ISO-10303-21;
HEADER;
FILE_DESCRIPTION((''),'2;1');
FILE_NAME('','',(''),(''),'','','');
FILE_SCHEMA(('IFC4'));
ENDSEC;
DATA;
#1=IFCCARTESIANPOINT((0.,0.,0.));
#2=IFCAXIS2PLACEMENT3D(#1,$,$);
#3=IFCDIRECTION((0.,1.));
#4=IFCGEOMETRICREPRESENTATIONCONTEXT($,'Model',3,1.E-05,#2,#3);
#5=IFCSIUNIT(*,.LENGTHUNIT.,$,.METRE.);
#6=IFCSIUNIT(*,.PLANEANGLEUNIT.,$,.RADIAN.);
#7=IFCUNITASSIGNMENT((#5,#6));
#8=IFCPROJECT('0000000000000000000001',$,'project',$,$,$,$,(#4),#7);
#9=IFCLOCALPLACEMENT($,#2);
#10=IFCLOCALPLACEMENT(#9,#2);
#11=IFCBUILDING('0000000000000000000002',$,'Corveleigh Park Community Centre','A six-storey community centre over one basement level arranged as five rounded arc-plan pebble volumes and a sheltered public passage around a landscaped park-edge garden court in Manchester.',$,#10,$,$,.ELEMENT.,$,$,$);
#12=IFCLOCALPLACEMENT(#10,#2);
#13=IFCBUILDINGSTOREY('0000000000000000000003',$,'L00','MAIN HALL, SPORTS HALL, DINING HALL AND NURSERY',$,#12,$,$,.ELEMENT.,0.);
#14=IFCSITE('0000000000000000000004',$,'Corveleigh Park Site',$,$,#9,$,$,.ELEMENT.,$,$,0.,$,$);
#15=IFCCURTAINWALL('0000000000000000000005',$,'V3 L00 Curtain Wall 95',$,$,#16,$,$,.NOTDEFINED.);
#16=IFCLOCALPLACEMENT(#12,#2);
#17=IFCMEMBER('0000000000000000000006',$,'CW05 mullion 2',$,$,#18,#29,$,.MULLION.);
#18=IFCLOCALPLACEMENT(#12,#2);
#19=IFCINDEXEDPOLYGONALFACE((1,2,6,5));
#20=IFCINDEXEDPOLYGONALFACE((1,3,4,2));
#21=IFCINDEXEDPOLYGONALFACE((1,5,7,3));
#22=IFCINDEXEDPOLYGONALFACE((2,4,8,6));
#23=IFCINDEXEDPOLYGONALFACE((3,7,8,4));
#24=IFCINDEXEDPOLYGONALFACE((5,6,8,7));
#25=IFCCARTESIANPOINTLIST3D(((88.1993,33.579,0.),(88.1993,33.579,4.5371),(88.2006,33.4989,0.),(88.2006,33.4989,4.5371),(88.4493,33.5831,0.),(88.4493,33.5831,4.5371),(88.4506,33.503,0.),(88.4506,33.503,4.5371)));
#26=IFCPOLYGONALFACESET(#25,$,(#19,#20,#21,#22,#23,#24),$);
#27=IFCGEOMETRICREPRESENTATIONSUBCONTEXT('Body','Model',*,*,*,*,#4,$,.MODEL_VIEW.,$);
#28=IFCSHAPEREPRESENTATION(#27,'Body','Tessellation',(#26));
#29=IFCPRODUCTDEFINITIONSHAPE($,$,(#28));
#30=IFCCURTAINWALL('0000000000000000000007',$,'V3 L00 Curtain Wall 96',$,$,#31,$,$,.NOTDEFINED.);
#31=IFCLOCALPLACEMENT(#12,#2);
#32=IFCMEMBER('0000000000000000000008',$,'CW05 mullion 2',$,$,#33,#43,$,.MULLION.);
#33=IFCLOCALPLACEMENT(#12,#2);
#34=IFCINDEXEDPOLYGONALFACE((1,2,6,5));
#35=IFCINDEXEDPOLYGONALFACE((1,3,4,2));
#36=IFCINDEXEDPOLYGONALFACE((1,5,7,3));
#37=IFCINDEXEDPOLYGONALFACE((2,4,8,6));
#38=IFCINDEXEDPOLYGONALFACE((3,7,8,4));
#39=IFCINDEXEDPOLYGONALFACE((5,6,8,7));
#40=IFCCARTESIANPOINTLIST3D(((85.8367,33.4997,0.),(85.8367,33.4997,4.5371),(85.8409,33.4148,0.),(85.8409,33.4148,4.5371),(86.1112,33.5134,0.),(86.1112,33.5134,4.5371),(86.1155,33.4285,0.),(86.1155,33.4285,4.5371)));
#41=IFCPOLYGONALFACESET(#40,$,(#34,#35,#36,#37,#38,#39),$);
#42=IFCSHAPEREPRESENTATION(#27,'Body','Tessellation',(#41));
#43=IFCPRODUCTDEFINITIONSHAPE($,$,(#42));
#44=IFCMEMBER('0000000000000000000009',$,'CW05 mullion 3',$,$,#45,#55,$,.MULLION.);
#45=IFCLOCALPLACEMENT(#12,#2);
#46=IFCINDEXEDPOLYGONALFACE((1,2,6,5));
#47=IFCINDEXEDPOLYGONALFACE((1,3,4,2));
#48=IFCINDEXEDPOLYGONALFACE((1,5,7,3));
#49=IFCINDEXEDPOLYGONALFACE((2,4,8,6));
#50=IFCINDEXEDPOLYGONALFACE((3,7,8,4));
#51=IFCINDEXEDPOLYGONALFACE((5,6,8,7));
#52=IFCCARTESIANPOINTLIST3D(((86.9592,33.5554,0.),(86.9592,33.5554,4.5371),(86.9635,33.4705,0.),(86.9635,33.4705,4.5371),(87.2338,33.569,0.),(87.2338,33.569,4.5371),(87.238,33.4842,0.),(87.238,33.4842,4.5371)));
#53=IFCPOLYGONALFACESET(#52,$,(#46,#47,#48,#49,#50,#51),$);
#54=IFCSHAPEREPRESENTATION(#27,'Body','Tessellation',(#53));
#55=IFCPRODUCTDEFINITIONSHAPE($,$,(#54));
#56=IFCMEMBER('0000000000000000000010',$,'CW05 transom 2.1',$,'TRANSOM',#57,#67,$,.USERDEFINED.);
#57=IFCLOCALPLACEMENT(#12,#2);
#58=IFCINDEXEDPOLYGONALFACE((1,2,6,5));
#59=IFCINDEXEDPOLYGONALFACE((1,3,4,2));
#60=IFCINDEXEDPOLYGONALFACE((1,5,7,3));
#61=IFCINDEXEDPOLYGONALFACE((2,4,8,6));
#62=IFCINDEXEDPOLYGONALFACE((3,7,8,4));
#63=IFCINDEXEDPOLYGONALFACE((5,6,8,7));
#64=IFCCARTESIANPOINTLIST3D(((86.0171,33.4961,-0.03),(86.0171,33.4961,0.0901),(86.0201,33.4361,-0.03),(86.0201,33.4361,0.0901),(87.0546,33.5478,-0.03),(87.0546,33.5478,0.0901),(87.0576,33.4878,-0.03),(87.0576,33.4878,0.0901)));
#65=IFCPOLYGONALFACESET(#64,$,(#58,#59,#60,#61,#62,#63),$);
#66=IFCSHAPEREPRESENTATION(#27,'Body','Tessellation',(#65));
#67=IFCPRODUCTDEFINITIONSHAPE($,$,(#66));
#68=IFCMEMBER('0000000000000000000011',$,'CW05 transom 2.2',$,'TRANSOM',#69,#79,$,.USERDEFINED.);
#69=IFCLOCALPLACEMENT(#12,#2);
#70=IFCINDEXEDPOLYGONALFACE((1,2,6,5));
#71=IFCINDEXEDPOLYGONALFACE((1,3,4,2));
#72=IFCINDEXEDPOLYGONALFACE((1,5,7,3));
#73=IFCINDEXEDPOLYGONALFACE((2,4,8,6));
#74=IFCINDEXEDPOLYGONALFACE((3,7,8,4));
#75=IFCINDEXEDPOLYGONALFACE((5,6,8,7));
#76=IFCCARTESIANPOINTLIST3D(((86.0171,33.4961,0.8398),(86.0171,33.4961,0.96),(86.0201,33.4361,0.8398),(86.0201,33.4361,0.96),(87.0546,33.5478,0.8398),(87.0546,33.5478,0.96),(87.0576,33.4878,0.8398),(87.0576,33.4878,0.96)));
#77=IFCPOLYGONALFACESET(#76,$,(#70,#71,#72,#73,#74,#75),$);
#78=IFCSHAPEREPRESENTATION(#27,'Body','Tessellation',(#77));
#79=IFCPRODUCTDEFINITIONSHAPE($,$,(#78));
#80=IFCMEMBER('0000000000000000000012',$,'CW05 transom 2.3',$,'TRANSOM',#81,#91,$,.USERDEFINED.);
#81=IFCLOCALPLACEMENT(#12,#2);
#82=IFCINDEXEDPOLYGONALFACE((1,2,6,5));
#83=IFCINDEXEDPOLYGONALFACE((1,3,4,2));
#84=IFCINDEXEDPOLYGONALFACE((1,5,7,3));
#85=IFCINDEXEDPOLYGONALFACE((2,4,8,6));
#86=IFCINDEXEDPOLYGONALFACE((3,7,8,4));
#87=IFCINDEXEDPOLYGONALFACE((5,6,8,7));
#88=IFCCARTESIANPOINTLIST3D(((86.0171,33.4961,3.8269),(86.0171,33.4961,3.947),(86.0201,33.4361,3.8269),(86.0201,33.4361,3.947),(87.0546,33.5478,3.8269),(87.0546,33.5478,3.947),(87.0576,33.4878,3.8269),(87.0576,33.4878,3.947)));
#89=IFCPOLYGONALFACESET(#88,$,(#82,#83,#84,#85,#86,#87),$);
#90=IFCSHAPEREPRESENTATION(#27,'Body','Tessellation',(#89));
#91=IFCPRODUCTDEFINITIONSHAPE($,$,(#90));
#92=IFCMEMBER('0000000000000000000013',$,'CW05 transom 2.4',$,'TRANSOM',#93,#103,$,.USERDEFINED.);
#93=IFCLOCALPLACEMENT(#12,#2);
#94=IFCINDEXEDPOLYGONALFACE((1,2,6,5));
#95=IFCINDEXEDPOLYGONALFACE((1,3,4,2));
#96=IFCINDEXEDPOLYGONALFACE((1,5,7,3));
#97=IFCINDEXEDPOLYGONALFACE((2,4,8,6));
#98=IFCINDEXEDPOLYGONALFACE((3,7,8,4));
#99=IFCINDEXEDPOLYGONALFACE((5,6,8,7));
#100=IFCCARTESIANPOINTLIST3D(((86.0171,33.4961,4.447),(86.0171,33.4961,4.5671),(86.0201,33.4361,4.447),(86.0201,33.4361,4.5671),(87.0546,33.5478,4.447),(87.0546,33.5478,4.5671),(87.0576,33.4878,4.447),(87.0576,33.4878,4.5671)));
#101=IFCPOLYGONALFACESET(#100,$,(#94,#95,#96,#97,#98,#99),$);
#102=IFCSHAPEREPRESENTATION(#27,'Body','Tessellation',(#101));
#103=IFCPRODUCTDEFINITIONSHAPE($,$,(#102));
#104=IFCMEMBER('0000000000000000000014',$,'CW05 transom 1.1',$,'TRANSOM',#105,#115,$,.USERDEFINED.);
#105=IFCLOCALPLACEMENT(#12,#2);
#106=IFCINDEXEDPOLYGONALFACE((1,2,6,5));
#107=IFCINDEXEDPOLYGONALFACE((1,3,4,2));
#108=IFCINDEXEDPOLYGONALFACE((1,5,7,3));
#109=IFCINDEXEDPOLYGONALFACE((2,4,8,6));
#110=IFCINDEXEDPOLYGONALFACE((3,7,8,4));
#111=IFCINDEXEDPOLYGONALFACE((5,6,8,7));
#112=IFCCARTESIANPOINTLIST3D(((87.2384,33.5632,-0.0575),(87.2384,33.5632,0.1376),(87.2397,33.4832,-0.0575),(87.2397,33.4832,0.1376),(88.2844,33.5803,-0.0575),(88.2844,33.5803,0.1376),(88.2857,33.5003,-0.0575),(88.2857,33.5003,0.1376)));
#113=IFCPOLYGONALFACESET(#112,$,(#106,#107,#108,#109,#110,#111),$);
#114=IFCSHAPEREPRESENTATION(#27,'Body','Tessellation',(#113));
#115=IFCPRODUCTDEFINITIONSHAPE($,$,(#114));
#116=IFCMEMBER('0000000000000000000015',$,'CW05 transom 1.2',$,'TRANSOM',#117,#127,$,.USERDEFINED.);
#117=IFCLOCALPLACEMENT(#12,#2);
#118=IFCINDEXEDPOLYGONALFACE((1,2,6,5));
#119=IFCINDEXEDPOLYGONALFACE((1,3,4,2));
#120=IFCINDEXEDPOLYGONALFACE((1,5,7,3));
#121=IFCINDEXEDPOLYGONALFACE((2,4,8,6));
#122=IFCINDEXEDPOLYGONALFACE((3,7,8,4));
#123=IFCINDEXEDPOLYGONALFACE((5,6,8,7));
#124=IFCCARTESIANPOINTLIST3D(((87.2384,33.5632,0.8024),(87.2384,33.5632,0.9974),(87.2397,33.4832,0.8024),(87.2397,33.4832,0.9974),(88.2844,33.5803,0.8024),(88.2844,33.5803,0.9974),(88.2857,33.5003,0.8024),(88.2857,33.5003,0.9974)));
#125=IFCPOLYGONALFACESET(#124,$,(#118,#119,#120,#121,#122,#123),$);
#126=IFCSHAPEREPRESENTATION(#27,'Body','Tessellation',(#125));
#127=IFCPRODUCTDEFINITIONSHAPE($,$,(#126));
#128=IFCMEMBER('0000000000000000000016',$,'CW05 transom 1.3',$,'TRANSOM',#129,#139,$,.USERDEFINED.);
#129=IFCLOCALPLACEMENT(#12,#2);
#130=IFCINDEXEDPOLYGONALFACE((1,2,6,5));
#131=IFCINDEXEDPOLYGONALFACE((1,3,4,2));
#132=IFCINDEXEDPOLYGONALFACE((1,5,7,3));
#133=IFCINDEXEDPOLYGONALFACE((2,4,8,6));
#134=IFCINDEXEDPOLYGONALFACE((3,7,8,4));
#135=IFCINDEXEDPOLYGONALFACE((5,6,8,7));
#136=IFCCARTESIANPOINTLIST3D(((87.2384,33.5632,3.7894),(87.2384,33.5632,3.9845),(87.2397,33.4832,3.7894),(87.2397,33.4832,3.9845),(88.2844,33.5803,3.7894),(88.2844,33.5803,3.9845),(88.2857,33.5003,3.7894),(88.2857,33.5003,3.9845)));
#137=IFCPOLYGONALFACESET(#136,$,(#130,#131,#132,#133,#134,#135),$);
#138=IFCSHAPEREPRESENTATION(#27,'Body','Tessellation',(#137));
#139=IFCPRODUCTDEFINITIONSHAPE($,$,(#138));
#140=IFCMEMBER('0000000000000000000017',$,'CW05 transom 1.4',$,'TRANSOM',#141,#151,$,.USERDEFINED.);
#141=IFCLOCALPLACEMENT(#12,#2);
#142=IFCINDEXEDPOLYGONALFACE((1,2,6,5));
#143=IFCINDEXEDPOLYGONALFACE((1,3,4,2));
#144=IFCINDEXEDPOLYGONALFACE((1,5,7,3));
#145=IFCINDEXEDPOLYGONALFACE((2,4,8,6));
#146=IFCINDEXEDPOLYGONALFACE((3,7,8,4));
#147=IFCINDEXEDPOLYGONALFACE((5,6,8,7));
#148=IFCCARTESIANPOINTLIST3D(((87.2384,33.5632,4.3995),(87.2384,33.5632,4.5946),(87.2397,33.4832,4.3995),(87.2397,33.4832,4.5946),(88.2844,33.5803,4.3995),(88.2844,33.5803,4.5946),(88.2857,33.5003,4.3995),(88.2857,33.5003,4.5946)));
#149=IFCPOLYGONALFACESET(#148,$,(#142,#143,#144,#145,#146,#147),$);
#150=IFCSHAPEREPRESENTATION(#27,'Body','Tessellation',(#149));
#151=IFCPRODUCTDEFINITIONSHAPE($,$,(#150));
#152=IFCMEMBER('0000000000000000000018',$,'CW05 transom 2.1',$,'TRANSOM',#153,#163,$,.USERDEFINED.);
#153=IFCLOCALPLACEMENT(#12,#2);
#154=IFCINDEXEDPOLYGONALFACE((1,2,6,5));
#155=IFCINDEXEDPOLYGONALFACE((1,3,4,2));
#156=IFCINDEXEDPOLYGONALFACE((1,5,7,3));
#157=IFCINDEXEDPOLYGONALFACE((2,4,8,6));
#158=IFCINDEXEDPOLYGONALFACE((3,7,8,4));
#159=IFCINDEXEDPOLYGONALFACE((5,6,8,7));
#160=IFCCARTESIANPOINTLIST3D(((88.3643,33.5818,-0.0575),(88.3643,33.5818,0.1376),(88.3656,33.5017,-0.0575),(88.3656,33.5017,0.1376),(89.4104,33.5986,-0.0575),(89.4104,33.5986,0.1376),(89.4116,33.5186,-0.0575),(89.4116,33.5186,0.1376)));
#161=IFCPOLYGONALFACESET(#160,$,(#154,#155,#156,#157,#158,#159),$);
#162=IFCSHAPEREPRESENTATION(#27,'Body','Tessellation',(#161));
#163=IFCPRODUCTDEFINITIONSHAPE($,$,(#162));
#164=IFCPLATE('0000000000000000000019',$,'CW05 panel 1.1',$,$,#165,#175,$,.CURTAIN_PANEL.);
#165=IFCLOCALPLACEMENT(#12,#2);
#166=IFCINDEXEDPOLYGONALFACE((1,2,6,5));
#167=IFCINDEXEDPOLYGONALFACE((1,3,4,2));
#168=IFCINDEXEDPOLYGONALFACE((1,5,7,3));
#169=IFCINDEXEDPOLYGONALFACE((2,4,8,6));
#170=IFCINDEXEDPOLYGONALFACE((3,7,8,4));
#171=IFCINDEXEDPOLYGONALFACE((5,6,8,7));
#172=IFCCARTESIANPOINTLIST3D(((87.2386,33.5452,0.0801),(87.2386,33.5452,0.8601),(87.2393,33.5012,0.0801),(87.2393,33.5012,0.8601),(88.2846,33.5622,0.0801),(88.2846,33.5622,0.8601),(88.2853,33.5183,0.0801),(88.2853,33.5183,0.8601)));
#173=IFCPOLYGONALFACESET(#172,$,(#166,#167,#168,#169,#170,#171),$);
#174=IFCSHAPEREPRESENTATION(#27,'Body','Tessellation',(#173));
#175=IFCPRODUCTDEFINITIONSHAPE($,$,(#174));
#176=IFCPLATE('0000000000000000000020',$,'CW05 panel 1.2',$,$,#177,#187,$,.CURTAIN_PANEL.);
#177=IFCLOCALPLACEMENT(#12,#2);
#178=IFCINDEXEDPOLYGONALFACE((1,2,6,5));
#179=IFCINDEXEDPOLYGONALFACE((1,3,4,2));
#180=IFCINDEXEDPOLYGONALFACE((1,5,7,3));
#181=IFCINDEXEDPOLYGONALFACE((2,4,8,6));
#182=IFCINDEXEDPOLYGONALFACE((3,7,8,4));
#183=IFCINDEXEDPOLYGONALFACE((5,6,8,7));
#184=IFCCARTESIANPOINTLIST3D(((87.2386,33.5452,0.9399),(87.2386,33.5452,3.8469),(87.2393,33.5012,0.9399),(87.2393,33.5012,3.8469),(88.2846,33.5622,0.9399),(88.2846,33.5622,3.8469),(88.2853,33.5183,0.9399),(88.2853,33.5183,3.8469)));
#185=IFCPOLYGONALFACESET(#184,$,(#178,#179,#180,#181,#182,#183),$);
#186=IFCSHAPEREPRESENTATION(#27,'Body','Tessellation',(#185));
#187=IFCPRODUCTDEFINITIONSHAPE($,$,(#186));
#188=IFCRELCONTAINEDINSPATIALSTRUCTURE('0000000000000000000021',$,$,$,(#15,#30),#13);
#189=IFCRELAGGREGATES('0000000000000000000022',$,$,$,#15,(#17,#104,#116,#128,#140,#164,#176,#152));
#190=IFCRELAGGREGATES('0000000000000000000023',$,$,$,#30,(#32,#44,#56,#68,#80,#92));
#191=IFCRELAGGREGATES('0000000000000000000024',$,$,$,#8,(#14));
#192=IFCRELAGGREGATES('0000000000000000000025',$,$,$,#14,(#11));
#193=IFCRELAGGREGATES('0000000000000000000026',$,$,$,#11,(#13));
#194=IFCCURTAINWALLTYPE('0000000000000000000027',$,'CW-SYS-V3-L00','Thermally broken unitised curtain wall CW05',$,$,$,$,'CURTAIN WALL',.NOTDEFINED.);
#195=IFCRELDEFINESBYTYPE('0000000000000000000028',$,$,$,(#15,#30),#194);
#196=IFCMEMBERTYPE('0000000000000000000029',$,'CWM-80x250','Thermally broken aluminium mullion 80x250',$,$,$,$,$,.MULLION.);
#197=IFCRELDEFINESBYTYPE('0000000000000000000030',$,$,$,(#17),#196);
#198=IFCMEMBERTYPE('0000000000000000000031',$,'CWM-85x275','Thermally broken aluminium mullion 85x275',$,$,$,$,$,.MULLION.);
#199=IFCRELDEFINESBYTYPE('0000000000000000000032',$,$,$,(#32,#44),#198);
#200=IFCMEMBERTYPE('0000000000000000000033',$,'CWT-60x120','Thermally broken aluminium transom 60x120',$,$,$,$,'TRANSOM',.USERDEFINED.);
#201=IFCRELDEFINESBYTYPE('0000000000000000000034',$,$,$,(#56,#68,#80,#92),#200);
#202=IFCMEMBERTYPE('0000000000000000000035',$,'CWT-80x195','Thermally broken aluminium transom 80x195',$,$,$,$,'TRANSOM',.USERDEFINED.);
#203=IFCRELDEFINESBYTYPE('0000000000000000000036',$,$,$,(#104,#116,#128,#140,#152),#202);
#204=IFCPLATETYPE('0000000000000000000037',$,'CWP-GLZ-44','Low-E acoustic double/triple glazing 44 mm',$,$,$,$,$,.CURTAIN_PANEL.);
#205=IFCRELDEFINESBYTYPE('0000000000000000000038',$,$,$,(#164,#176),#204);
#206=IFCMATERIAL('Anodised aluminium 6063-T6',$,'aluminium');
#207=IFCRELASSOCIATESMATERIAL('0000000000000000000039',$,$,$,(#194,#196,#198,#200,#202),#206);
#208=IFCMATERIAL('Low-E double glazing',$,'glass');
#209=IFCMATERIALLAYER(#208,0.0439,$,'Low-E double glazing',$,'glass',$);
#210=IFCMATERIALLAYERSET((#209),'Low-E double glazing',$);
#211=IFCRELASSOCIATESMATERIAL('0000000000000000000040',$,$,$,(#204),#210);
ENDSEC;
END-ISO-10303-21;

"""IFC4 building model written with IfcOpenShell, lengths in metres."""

from ifc_helpers import new_model, si_unit, direction, frame, origin, origin_2d, place, context, subcontext, project, spatial, rectangle, extrude, material, layer, layer_set, material_profile, profile_set, type_object, element, aggregate, save


model = new_model("IFC4")

# Units and contexts
model_context = context("Model", 3, precision=1e-05, world=origin(), true_north=direction((0.0, 1.0)))
body_context = subcontext(model_context, "Body", "Model", "MODEL_VIEW")
ifc_project = project(units=[si_unit("LENGTHUNIT", "METRE"), si_unit("PLANEANGLEUNIT", "RADIAN")], contexts=[model_context])

# Site, building, storey
site_placement = place(None, origin())
site = spatial("IfcSite", under=ifc_project, at=site_placement, Name="Corveleigh Park Site", CompositionType="ELEMENT", RefElevation=0.0)
building_placement = place(site_placement, origin())
building = spatial("IfcBuilding", under=site, at=building_placement, Name="Corveleigh Park Community Centre", Description="A six-storey community centre over one basement level arranged as five rounded arc-plan pebble volumes and a sheltered public passage around a landscaped park-edge garden court in Manchester.", CompositionType="ELEMENT")
storey_placement = place(building_placement, origin())
storey = spatial("IfcBuildingStorey", under=building, at=storey_placement, Name="L00", Description="MAIN HALL, SPORTS HALL, DINING HALL AND NURSERY", CompositionType="ELEMENT", Elevation=0.0)

# Curtain walls, members
ifc_material_1 = material(Name="Anodised aluminium 6063-T6", Category="aluminium")
curtain_wall_type = type_object("IfcCurtainWallType", Name="CW-SYS-V3-L00", Description="Thermally broken unitised curtain wall CW05", ElementType="CURTAIN WALL", PredefinedType="NOTDEFINED", material=ifc_material_1)
curtain_wall_1_placement = place(storey_placement, origin())
curtain_wall_1 = element("IfcCurtainWall", 1, at=curtain_wall_1_placement, inside=storey, type_object=curtain_wall_type, Name="V3 L00 Curtain Wall 95", PredefinedType="NOTDEFINED")
ifc_material_profile_1 = material_profile(ifc_material_1, rectangle(XDim=0.0801, YDim=0.25, at=origin_2d()), Name="ALU-M80x250", Category="aluminium")
ifc_profile_set_1 = profile_set([ifc_material_profile_1], Name="Anodised aluminium 6063-T6")
member_type_1 = type_object("IfcMemberType", Name="CWM-80x250", Description="Thermally broken aluminium mullion 80x250", PredefinedType="MULLION", material=ifc_profile_set_1)
member_1_placement = place(storey_placement, frame((88.325, 33.541, 0.0), z_axis=(0.0, 0.0, 1.0), x_axis=(-0.016293, 0.999867, 0.0)))
member_1 = element("IfcMember", 2, at=member_1_placement, type_object=member_type_1, Name="CW05 mullion 2", PredefinedType="MULLION", context=body_context, shape_type="SweptSolid", body=[
    extrude(rectangle(XDim=0.0801, YDim=0.25, at=origin_2d()), origin(), (0.0, 0.0, 1.0), 4.5371),
])
curtain_wall_2_placement = place(storey_placement, origin())
curtain_wall_2 = element("IfcCurtainWall", 3, at=curtain_wall_2_placement, inside=storey, type_object=curtain_wall_type, Name="V3 L00 Curtain Wall 96", PredefinedType="NOTDEFINED")
ifc_material_profile_2 = material_profile(ifc_material_1, rectangle(XDim=0.085, YDim=0.2749, at=origin_2d()), Name="ALU-M85x275", Category="aluminium")
ifc_profile_set_2 = profile_set([ifc_material_profile_2], Name="Anodised aluminium 6063-T6")
member_type_2 = type_object("IfcMemberType", Name="CWM-85x275", Description="Thermally broken aluminium mullion 85x275", PredefinedType="MULLION", material=ifc_profile_set_2)
member_2_placement = place(storey_placement, frame((85.9761, 33.4641, 0.0), z_axis=(0.0, 0.0, 1.0), x_axis=(-0.049724, 0.998763, 0.0)))
member_2 = element("IfcMember", 4, at=member_2_placement, type_object=member_type_2, Name="CW05 mullion 2", PredefinedType="MULLION", context=body_context, shape_type="SweptSolid", body=[
    extrude(rectangle(XDim=0.085, YDim=0.2749, at=origin_2d()), origin(), (0.0, 0.0, 1.0), 4.5371),
])
member_3_placement = place(storey_placement, frame((87.0986, 33.5198, 0.0), z_axis=(0.0, 0.0, 1.0), x_axis=(-0.049724, 0.998763, 0.0)))
member_3 = element("IfcMember", 5, at=member_3_placement, type_object=member_type_2, Name="CW05 mullion 3", PredefinedType="MULLION", context=body_context, shape_type="SweptSolid", body=[
    extrude(rectangle(XDim=0.085, YDim=0.2749, at=origin_2d()), origin(), (0.0, 0.0, 1.0), 4.5371),
])
ifc_material_profile_3 = material_profile(ifc_material_1, rectangle(XDim=0.0601, YDim=0.1201, at=origin_2d()), Name="ALU-T60x120", Category="aluminium")
ifc_profile_set_3 = profile_set([ifc_material_profile_3], Name="Anodised aluminium 6063-T6")
member_type_3 = type_object("IfcMemberType", Name="CWT-60x120", Description="Thermally broken aluminium transom 60x120", ElementType="TRANSOM", PredefinedType="USERDEFINED", material=ifc_profile_set_3)
member_4_placement = place(storey_placement, frame((86.0186, 33.4661, 0.03), z_axis=(0.998758, 0.04982, 0.0), x_axis=(-0.04982, 0.998758, 0.0)))
member_4 = element("IfcMember", 6, at=member_4_placement, type_object=member_type_3, Name="CW05 transom 2.1", ObjectType="TRANSOM", PredefinedType="USERDEFINED", context=body_context, shape_type="SweptSolid", body=[
    extrude(rectangle(XDim=0.0601, YDim=0.1201, at=origin_2d()), origin(), (0.0, 0.0, 1.0), 1.0388),
])
member_5_placement = place(storey_placement, frame((86.0186, 33.4661, 0.8999), z_axis=(0.998758, 0.04982, 0.0), x_axis=(-0.04982, 0.998758, 0.0)))
member_5 = element("IfcMember", 7, at=member_5_placement, type_object=member_type_3, Name="CW05 transom 2.2", ObjectType="TRANSOM", PredefinedType="USERDEFINED", context=body_context, shape_type="SweptSolid", body=[
    extrude(rectangle(XDim=0.0601, YDim=0.1201, at=origin_2d()), origin(), (0.0, 0.0, 1.0), 1.0388),
])
member_6_placement = place(storey_placement, frame((86.0186, 33.4661, 3.887), z_axis=(0.998758, 0.04982, 0.0), x_axis=(-0.04982, 0.998758, 0.0)))
member_6 = element("IfcMember", 8, at=member_6_placement, type_object=member_type_3, Name="CW05 transom 2.3", ObjectType="TRANSOM", PredefinedType="USERDEFINED", context=body_context, shape_type="SweptSolid", body=[
    extrude(rectangle(XDim=0.0601, YDim=0.1201, at=origin_2d()), origin(), (0.0, 0.0, 1.0), 1.0388),
])
member_7_placement = place(storey_placement, frame((86.0186, 33.4661, 4.5071), z_axis=(0.998758, 0.04982, 0.0), x_axis=(-0.04982, 0.998758, 0.0)))
member_7 = element("IfcMember", 9, at=member_7_placement, type_object=member_type_3, Name="CW05 transom 2.4", ObjectType="TRANSOM", PredefinedType="USERDEFINED", context=body_context, shape_type="SweptSolid", body=[
    extrude(rectangle(XDim=0.0601, YDim=0.1201, at=origin_2d()), origin(), (0.0, 0.0, 1.0), 1.0388),
])

# Members
ifc_material_profile_4 = material_profile(ifc_material_1, rectangle(XDim=0.0801, YDim=0.1951, at=origin_2d()), Name="ALU-T80x195", Category="aluminium")
ifc_profile_set_4 = profile_set([ifc_material_profile_4], Name="Anodised aluminium 6063-T6")
member_type_4 = type_object("IfcMemberType", Name="CWT-80x195", Description="Thermally broken aluminium transom 80x195", ElementType="TRANSOM", PredefinedType="USERDEFINED", material=ifc_profile_set_4)
member_8_placement = place(storey_placement, frame((87.239, 33.5232, 0.04), z_axis=(0.999867, 0.016338, 0.0), x_axis=(-0.016338, 0.999867, 0.0)))
member_8 = element("IfcMember", 10, at=member_8_placement, type_object=member_type_4, Name="CW05 transom 1.1", ObjectType="TRANSOM", PredefinedType="USERDEFINED", context=body_context, shape_type="SweptSolid", body=[
    extrude(rectangle(XDim=0.0801, YDim=0.1951, at=origin_2d()), origin(), (0.0, 0.0, 1.0), 1.0461),
])
member_9_placement = place(storey_placement, frame((87.239, 33.5232, 0.8999), z_axis=(0.999867, 0.016338, 0.0), x_axis=(-0.016338, 0.999867, 0.0)))
member_9 = element("IfcMember", 11, at=member_9_placement, type_object=member_type_4, Name="CW05 transom 1.2", ObjectType="TRANSOM", PredefinedType="USERDEFINED", context=body_context, shape_type="SweptSolid", body=[
    extrude(rectangle(XDim=0.0801, YDim=0.1951, at=origin_2d()), origin(), (0.0, 0.0, 1.0), 1.0461),
])
member_10_placement = place(storey_placement, frame((87.239, 33.5232, 3.887), z_axis=(0.999867, 0.016338, 0.0), x_axis=(-0.016338, 0.999867, 0.0)))
member_10 = element("IfcMember", 12, at=member_10_placement, type_object=member_type_4, Name="CW05 transom 1.3", ObjectType="TRANSOM", PredefinedType="USERDEFINED", context=body_context, shape_type="SweptSolid", body=[
    extrude(rectangle(XDim=0.0801, YDim=0.1951, at=origin_2d()), origin(), (0.0, 0.0, 1.0), 1.0461),
])
member_11_placement = place(storey_placement, frame((87.239, 33.5232, 4.4971), z_axis=(0.999867, 0.016338, 0.0), x_axis=(-0.016338, 0.999867, 0.0)))
member_11 = element("IfcMember", 13, at=member_11_placement, type_object=member_type_4, Name="CW05 transom 1.4", ObjectType="TRANSOM", PredefinedType="USERDEFINED", context=body_context, shape_type="SweptSolid", body=[
    extrude(rectangle(XDim=0.0801, YDim=0.1951, at=origin_2d()), origin(), (0.0, 0.0, 1.0), 1.0461),
])
member_12_placement = place(storey_placement, frame((88.365, 33.5417, 0.04), z_axis=(0.99987, 0.016104, 0.0), x_axis=(-0.016104, 0.99987, 0.0)))
member_12 = element("IfcMember", 14, at=member_12_placement, type_object=member_type_4, Name="CW05 transom 2.1", ObjectType="TRANSOM", PredefinedType="USERDEFINED", context=body_context, shape_type="SweptSolid", body=[
    extrude(rectangle(XDim=0.0801, YDim=0.1951, at=origin_2d()), origin(), (0.0, 0.0, 1.0), 1.0461),
])

# Plates
ifc_material_2 = material(Name="Low-E double glazing", Category="glass")
ifc_layer = layer(ifc_material_2, 0.0439, Name="Low-E double glazing", Category="glass")
ifc_layer_set = layer_set([ifc_layer], Name="Low-E double glazing")
plate_type = type_object("IfcPlateType", Name="CWP-GLZ-44", Description="Low-E acoustic double/triple glazing 44 mm", PredefinedType="CURTAIN_PANEL", material=ifc_layer_set)
plate_1_placement = place(storey_placement, frame((87.762, 33.5317, 0.0801), z_axis=(0.0, 0.0, 1.0), x_axis=(0.999867, 0.016293, 0.0)))
plate_1 = element("IfcPlate", 15, at=plate_1_placement, type_object=plate_type, Name="CW05 panel 1.1", PredefinedType="CURTAIN_PANEL", context=body_context, shape_type="SweptSolid", body=[
    extrude(rectangle(XDim=1.0461, YDim=0.0439, at=origin_2d()), origin(), (0.0, 0.0, 1.0), 0.78),
])
plate_2_placement = place(storey_placement, frame((87.762, 33.5317, 0.9399), z_axis=(0.0, 0.0, 1.0), x_axis=(0.999867, 0.016293, 0.0)))
plate_2 = element("IfcPlate", 16, at=plate_2_placement, type_object=plate_type, Name="CW05 panel 1.2", PredefinedType="CURTAIN_PANEL", context=body_context, shape_type="SweptSolid", body=[
    extrude(rectangle(XDim=1.0461, YDim=0.0439, at=origin_2d()), origin(), (0.0, 0.0, 1.0), 2.907),
])
aggregate(curtain_wall_1, [member_1, member_8, member_9, member_10, member_11, plate_1, plate_2, member_12])
aggregate(curtain_wall_2, [member_2, member_3, member_4, member_5, member_6, member_7])

save(model, "model.ifc")
